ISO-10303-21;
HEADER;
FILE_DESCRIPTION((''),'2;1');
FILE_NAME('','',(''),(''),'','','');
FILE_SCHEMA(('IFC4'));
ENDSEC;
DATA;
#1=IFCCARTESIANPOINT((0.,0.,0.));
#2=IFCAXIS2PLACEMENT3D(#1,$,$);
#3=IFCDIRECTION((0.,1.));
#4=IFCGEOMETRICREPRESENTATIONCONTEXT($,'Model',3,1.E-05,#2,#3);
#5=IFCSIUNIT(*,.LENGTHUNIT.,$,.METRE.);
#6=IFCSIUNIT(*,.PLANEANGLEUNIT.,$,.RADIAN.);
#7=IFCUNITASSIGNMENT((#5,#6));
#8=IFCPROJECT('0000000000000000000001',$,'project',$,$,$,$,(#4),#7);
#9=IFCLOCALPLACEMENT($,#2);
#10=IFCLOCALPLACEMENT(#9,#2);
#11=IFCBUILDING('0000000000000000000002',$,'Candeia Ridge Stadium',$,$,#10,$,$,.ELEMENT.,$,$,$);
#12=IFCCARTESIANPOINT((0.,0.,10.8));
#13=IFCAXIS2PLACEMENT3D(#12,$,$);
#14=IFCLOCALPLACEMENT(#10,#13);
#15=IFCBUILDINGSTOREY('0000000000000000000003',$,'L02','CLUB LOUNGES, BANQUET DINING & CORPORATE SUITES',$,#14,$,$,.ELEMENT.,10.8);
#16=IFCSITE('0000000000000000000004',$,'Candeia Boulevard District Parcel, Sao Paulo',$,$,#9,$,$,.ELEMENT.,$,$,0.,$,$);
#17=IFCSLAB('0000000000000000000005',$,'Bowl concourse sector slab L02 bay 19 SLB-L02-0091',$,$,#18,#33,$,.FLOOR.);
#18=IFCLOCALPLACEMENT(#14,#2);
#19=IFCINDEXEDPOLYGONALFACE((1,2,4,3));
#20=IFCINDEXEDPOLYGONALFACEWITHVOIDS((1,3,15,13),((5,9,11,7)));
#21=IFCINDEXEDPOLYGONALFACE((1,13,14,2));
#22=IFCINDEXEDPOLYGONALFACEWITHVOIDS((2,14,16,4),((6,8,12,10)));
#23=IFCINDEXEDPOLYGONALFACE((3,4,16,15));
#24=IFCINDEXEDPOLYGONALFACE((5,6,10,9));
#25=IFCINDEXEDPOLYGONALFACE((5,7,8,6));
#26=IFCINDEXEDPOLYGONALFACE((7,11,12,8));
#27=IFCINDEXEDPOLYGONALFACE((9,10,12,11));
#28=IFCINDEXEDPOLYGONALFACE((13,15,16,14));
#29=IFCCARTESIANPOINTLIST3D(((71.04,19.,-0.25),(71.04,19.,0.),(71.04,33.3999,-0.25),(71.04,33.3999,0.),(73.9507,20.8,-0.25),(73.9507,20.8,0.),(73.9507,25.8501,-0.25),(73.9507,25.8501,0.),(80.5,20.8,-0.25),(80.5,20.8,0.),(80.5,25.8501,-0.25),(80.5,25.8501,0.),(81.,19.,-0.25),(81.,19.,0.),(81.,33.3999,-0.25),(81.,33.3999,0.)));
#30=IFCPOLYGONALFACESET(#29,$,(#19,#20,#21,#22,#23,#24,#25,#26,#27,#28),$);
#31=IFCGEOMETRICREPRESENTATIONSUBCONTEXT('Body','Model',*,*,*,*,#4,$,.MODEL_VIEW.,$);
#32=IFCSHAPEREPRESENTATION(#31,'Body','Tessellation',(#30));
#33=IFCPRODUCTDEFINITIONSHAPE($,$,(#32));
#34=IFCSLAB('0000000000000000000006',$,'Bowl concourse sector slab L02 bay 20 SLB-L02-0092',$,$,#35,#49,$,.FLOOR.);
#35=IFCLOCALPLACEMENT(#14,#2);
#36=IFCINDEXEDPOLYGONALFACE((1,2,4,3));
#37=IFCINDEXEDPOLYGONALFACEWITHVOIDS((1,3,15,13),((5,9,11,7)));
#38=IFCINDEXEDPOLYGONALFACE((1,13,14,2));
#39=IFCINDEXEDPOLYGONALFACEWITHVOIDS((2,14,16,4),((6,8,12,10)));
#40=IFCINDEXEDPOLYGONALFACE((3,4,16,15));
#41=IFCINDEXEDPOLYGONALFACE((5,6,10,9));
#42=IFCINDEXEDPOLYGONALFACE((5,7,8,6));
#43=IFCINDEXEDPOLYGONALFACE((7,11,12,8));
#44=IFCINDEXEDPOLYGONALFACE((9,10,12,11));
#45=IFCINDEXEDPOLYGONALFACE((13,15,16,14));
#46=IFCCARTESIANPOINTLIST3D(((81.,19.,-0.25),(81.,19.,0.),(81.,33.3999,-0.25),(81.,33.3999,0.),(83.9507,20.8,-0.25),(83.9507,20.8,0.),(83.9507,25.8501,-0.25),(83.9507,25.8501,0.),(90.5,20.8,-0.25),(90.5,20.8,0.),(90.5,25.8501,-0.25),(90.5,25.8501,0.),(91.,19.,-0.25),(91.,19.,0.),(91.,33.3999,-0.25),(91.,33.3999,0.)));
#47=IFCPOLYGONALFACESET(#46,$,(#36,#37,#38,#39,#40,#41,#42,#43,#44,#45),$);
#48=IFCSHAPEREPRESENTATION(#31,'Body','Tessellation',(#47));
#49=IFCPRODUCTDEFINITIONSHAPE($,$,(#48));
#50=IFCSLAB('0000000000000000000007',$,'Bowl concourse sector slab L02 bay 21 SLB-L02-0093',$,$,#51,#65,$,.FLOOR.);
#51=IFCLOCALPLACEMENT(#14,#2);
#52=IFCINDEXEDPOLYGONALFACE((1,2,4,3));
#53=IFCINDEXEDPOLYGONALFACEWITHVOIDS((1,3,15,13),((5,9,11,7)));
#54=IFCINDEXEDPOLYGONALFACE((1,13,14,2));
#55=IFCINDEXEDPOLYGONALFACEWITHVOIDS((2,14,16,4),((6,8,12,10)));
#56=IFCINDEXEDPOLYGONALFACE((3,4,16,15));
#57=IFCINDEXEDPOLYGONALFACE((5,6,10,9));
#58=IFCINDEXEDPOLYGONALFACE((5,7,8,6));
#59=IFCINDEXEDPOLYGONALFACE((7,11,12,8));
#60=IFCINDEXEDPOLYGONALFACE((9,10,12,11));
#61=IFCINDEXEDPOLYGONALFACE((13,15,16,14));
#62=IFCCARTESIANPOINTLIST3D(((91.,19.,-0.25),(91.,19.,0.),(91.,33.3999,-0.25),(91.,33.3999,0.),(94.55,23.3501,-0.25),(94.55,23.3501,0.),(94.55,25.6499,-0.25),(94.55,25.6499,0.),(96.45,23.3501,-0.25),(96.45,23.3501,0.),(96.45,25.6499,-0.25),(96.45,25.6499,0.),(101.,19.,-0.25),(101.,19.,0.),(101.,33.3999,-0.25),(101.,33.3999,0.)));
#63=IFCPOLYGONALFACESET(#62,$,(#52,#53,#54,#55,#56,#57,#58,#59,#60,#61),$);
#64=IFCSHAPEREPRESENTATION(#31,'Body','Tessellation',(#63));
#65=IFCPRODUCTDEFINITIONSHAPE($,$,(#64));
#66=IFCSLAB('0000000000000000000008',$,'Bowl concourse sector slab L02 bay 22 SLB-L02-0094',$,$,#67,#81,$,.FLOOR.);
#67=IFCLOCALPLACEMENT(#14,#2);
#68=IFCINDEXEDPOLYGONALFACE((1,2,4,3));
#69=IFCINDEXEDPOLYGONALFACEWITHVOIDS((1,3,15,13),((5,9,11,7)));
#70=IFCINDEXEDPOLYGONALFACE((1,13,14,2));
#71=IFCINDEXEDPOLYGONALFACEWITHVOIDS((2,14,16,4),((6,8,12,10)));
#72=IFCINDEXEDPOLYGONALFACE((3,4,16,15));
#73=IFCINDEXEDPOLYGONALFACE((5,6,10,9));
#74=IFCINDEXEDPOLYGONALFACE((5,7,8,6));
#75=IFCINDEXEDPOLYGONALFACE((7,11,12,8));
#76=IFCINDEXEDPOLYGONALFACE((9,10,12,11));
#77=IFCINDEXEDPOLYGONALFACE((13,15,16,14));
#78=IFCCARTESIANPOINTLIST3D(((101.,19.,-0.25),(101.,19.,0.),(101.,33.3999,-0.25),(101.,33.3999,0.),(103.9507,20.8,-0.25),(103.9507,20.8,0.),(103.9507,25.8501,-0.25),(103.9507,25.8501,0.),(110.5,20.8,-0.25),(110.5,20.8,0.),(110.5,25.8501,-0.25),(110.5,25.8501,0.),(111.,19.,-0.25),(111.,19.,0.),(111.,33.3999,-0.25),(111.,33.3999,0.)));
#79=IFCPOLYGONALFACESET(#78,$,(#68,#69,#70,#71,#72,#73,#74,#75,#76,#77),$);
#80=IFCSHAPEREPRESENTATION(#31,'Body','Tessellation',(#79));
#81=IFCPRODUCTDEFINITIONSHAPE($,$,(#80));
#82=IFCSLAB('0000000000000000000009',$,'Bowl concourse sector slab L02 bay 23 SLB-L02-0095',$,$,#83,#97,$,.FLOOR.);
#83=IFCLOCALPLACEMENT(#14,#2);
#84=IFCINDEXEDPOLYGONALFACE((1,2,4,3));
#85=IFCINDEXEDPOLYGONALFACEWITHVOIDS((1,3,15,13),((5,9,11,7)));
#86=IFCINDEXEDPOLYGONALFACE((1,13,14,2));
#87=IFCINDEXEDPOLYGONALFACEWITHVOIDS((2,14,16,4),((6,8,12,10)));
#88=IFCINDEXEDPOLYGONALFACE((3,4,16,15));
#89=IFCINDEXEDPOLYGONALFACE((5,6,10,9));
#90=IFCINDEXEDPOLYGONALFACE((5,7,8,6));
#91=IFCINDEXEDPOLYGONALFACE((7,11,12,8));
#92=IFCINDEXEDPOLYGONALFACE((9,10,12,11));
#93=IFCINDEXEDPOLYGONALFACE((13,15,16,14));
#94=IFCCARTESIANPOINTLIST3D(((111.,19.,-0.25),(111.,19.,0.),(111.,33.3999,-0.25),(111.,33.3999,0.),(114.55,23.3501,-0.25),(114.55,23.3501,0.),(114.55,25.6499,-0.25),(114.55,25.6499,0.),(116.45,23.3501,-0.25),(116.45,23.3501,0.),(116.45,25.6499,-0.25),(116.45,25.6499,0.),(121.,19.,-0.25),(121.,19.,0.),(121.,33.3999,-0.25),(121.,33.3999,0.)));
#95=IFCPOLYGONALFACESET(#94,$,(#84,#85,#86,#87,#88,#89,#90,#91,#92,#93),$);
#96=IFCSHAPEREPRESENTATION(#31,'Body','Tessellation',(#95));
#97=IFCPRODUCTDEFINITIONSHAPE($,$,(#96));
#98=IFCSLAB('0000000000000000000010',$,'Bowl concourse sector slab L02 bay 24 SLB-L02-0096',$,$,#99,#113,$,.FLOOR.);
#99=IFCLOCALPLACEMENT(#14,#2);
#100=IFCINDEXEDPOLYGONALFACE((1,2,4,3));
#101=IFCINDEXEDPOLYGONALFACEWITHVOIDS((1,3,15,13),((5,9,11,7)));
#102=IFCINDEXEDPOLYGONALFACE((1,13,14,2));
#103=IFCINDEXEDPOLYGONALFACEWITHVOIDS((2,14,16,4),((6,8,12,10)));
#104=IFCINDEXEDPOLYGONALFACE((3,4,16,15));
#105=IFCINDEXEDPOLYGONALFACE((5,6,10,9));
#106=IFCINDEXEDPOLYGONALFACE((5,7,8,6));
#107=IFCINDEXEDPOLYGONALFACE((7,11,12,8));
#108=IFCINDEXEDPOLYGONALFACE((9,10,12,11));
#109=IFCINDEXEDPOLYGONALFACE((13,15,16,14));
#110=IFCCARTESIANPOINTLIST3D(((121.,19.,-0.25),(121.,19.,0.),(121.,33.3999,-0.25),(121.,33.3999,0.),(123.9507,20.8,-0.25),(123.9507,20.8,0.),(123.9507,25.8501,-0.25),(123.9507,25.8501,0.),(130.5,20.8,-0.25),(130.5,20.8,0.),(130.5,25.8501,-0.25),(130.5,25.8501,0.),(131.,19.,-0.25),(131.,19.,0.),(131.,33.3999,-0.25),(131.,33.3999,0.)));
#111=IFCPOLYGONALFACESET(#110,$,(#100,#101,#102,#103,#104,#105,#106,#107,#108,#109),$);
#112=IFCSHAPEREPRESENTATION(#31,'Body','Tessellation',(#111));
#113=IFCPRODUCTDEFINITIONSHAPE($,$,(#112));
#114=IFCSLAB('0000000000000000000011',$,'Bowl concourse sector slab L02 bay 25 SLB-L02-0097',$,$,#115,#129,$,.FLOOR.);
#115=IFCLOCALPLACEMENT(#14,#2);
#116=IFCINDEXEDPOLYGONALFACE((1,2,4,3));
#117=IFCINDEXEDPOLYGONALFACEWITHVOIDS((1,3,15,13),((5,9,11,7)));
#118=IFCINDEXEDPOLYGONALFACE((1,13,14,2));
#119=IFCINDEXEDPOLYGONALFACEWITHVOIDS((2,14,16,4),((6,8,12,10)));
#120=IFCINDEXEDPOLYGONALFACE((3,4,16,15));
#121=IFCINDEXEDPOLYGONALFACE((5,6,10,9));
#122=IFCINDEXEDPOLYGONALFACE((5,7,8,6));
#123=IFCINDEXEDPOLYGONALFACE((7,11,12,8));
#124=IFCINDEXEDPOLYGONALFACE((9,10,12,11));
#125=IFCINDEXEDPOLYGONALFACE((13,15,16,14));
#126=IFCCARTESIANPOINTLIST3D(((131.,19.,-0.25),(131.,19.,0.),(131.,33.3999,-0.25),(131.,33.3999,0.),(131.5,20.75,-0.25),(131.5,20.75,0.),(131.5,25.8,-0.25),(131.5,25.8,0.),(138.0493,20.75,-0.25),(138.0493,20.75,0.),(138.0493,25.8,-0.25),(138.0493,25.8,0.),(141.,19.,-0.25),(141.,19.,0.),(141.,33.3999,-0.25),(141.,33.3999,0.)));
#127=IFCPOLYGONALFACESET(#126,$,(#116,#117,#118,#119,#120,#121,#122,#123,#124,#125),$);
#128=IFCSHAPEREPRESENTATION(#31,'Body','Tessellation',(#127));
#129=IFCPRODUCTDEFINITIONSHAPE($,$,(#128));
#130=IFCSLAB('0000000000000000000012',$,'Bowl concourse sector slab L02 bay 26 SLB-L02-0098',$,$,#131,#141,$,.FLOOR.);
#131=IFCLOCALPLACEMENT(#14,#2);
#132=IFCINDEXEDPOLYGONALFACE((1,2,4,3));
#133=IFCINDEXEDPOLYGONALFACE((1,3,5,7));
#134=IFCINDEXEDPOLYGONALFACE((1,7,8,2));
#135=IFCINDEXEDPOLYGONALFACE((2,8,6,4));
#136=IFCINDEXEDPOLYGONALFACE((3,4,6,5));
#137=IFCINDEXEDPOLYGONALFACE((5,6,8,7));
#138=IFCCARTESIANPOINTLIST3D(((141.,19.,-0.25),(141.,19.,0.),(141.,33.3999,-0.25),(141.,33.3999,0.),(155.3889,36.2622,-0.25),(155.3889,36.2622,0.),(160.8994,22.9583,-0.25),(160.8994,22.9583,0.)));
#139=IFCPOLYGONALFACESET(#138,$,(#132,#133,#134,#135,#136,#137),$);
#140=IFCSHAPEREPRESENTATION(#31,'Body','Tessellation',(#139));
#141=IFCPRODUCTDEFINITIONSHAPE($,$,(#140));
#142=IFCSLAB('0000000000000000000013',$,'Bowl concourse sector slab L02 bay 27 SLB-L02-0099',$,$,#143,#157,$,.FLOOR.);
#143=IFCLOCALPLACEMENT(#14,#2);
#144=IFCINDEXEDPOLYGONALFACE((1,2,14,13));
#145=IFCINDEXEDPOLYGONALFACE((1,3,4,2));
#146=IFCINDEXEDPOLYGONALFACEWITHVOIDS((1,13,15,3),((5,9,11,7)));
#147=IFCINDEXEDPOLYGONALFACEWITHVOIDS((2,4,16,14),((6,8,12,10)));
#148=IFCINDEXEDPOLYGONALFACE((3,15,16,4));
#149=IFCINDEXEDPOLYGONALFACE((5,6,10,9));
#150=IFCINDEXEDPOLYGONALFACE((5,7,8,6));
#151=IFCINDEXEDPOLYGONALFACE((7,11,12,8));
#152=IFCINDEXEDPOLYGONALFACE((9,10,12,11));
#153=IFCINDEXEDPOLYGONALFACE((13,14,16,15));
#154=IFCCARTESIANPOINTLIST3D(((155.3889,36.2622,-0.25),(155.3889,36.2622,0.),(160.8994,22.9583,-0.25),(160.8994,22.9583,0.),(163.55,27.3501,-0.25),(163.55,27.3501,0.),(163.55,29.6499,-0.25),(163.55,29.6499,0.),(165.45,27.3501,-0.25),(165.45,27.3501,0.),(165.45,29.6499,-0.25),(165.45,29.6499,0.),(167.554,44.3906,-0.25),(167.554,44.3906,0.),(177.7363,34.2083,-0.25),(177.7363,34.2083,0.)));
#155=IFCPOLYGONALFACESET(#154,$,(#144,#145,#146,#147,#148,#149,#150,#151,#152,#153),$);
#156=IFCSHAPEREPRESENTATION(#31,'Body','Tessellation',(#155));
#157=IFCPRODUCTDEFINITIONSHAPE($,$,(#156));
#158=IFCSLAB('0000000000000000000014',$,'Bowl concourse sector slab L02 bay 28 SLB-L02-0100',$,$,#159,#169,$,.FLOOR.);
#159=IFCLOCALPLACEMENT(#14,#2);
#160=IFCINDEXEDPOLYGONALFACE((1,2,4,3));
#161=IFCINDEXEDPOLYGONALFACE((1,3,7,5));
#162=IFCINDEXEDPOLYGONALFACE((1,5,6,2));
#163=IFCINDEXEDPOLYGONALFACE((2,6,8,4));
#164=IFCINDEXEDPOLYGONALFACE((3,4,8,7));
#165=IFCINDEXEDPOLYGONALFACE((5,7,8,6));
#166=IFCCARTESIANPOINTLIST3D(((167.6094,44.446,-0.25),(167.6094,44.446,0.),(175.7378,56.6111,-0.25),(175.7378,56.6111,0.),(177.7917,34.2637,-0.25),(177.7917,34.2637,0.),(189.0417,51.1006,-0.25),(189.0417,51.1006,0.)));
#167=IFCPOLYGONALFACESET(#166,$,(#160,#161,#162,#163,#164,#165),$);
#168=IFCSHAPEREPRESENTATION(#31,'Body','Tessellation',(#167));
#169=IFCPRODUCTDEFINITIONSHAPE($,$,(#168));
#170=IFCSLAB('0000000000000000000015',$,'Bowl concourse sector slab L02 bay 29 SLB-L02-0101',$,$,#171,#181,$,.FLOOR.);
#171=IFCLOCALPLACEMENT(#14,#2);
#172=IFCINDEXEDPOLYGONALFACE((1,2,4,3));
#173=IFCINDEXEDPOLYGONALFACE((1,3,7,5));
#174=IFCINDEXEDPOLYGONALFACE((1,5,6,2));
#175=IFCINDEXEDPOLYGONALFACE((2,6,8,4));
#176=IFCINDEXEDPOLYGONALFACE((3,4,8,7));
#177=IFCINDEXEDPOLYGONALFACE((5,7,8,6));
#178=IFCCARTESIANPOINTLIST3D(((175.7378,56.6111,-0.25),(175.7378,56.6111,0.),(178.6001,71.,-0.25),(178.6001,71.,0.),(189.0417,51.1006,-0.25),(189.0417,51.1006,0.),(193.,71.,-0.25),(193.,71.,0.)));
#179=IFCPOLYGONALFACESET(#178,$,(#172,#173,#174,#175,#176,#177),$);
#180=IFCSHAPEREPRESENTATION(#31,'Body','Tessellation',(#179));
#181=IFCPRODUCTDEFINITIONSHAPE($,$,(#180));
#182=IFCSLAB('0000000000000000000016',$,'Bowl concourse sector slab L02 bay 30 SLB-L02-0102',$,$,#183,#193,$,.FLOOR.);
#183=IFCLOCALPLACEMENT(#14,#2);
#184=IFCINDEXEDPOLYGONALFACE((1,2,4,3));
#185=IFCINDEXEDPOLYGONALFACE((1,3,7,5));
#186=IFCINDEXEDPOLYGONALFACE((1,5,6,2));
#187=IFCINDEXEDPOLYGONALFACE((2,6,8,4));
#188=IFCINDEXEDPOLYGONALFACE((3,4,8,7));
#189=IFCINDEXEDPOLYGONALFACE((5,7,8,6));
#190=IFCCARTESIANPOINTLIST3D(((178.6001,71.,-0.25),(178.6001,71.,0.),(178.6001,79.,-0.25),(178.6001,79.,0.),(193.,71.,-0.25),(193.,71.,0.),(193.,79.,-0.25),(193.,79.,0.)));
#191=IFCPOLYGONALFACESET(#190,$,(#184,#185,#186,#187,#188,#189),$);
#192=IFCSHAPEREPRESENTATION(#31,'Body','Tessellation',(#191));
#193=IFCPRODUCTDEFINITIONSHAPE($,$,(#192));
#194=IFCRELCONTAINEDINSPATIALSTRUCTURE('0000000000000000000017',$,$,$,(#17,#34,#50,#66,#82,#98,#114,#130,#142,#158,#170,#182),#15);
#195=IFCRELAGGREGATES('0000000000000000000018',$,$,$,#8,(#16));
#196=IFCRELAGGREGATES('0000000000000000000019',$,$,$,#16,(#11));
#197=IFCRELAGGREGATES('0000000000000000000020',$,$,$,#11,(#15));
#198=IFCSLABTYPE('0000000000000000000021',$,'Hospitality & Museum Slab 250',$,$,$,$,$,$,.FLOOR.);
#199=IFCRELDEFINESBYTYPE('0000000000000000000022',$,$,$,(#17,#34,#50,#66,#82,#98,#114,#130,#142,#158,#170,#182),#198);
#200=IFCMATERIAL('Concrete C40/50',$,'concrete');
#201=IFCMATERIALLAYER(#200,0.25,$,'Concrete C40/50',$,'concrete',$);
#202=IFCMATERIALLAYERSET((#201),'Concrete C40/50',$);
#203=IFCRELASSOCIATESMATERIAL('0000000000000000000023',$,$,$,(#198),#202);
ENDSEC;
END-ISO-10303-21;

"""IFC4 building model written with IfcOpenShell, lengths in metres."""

from ifc_helpers import new_model, si_unit, direction, frame, origin, place, context, subcontext, project, spatial, polyline, outline, extrude, material, layer, layer_set, type_object, element, save


model = new_model("IFC4")

# Units and contexts
model_context = context("Model", 3, precision=1e-05, world=origin(), true_north=direction((0.0, 1.0)))
body_context = subcontext(model_context, "Body", "Model", "MODEL_VIEW")
ifc_project = project(units=[si_unit("LENGTHUNIT", "METRE"), si_unit("PLANEANGLEUNIT", "RADIAN")], contexts=[model_context])

# Site, building, storey
site_placement = place(None, origin())
site = spatial("IfcSite", under=ifc_project, at=site_placement, Name="Candeia Boulevard District Parcel, Sao Paulo", CompositionType="ELEMENT", RefElevation=0.0)
building_placement = place(site_placement, origin())
building = spatial("IfcBuilding", under=site, at=building_placement, Name="Candeia Ridge Stadium", CompositionType="ELEMENT")
storey_placement = place(building_placement, frame((0.0, 0.0, 10.8)))
storey = spatial("IfcBuildingStorey", under=building, at=storey_placement, Name="L02", Description="CLUB LOUNGES, BANQUET DINING & CORPORATE SUITES", CompositionType="ELEMENT", Elevation=10.8)

# Slabs
ifc_material = material(Name="Concrete C40/50", Category="concrete")
ifc_layer_1 = layer(ifc_material, 0.25, Name="Concrete C40/50", Category="concrete")
ifc_layer_set_1 = layer_set([ifc_layer_1], Name="Concrete C40/50")
slab_type_1 = type_object("IfcSlabType", Name="Hospitality & Museum Slab 250", PredefinedType="FLOOR", material=ifc_layer_set_1)
slab_1_placement = place(storey_placement, frame((0.0, 0.0, -0.25)))
element("IfcSlab", 1, at=slab_1_placement, inside=storey, type_object=slab_type_1, Name="Bowl concourse sector slab L02 bay 19 SLB-L02-0091", PredefinedType="FLOOR", context=body_context, shape_type="SweptSolid", body=[
    extrude(outline(polyline([(81.0, 33.3999), (81.0, 19.0), (71.04, 19.0), (71.04, 33.3999), (81.0, 33.3999)]), holes=[polyline([(73.9507, 20.8), (80.5, 20.8), (80.5, 25.8501), (73.9507, 25.8501), (73.9507, 20.8)])]), origin(), (0.0, 0.0, 1.0), 0.25),
])
slab_2_placement = place(storey_placement, frame((0.0, 0.0, -0.25)))
element("IfcSlab", 2, at=slab_2_placement, inside=storey, type_object=slab_type_1, Name="Bowl concourse sector slab L02 bay 20 SLB-L02-0092", PredefinedType="FLOOR", context=body_context, shape_type="SweptSolid", body=[
    extrude(outline(polyline([(91.0, 33.3999), (91.0, 19.0), (81.0, 19.0), (81.0, 33.3999), (91.0, 33.3999)]), holes=[polyline([(83.9507, 20.8), (90.5, 20.8), (90.5, 25.8501), (83.9507, 25.8501), (83.9507, 20.8)])]), origin(), (0.0, 0.0, 1.0), 0.25),
])
slab_3_placement = place(storey_placement, frame((0.0, 0.0, -0.25)))
element("IfcSlab", 3, at=slab_3_placement, inside=storey, type_object=slab_type_1, Name="Bowl concourse sector slab L02 bay 21 SLB-L02-0093", PredefinedType="FLOOR", context=body_context, shape_type="SweptSolid", body=[
    extrude(outline(polyline([(101.0, 33.3999), (101.0, 19.0), (91.0, 19.0), (91.0, 33.3999), (101.0, 33.3999)]), holes=[polyline([(96.45, 23.3501), (96.45, 25.6499), (94.55, 25.6499), (94.55, 23.3501), (96.45, 23.3501)])]), origin(), (0.0, 0.0, 1.0), 0.25),
])
slab_4_placement = place(storey_placement, frame((0.0, 0.0, -0.25)))
element("IfcSlab", 4, at=slab_4_placement, inside=storey, type_object=slab_type_1, Name="Bowl concourse sector slab L02 bay 22 SLB-L02-0094", PredefinedType="FLOOR", context=body_context, shape_type="SweptSolid", body=[
    extrude(outline(polyline([(111.0, 33.3999), (111.0, 19.0), (101.0, 19.0), (101.0, 33.3999), (111.0, 33.3999)]), holes=[polyline([(103.9507, 20.8), (110.5, 20.8), (110.5, 25.8501), (103.9507, 25.8501), (103.9507, 20.8)])]), origin(), (0.0, 0.0, 1.0), 0.25),
])
slab_5_placement = place(storey_placement, frame((0.0, 0.0, -0.25)))
element("IfcSlab", 5, at=slab_5_placement, inside=storey, type_object=slab_type_1, Name="Bowl concourse sector slab L02 bay 23 SLB-L02-0095", PredefinedType="FLOOR", context=body_context, shape_type="SweptSolid", body=[
    extrude(outline(polyline([(121.0, 33.3999), (121.0, 19.0), (111.0, 19.0), (111.0, 33.3999), (121.0, 33.3999)]), holes=[polyline([(116.45, 23.3501), (116.45, 25.6499), (114.55, 25.6499), (114.55, 23.3501), (116.45, 23.3501)])]), origin(), (0.0, 0.0, 1.0), 0.25),
])
slab_6_placement = place(storey_placement, frame((0.0, 0.0, -0.25)))
element("IfcSlab", 6, at=slab_6_placement, inside=storey, type_object=slab_type_1, Name="Bowl concourse sector slab L02 bay 24 SLB-L02-0096", PredefinedType="FLOOR", context=body_context, shape_type="SweptSolid", body=[
    extrude(outline(polyline([(131.0, 33.3999), (131.0, 19.0), (121.0, 19.0), (121.0, 33.3999), (131.0, 33.3999)]), holes=[polyline([(123.9507, 20.8), (130.5, 20.8), (130.5, 25.8501), (123.9507, 25.8501), (123.9507, 20.8)])]), origin(), (0.0, 0.0, 1.0), 0.25),
])
slab_7_placement = place(storey_placement, frame((0.0, 0.0, -0.25)))
element("IfcSlab", 7, at=slab_7_placement, inside=storey, type_object=slab_type_1, Name="Bowl concourse sector slab L02 bay 25 SLB-L02-0097", PredefinedType="FLOOR", context=body_context, shape_type="SweptSolid", body=[
    extrude(outline(polyline([(141.0, 33.3999), (141.0, 19.0), (131.0, 19.0), (131.0, 33.3999), (141.0, 33.3999)]), holes=[polyline([(138.0493, 25.8), (131.5, 25.8), (131.5, 20.75), (138.0493, 20.75), (138.0493, 25.8)])]), origin(), (0.0, 0.0, 1.0), 0.25),
])
slab_8_placement = place(storey_placement, frame((0.0, 0.0, -0.25)))
element("IfcSlab", 8, at=slab_8_placement, inside=storey, type_object=slab_type_1, Name="Bowl concourse sector slab L02 bay 26 SLB-L02-0098", PredefinedType="FLOOR", context=body_context, shape_type="SweptSolid", body=[
    extrude(outline(polyline([(155.3889, 36.2622), (160.8994, 22.9583), (141.0, 19.0), (141.0, 33.3999), (155.3889, 36.2622)])), origin(), (0.0, 0.0, 1.0), 0.25),
])
slab_9_placement = place(storey_placement, frame((0.0, 0.0, -0.25)))
element("IfcSlab", 9, at=slab_9_placement, inside=storey, type_object=slab_type_1, Name="Bowl concourse sector slab L02 bay 27 SLB-L02-0099", PredefinedType="FLOOR", context=body_context, shape_type="SweptSolid", body=[
    extrude(outline(polyline([(167.554, 44.3906), (177.7363, 34.2083), (160.8994, 22.9583), (155.3889, 36.2622), (167.554, 44.3906)]), holes=[polyline([(165.45, 27.3501), (165.45, 29.6499), (163.55, 29.6499), (163.55, 27.3501), (165.45, 27.3501)])]), origin(), (0.0, 0.0, 1.0), 0.25),
])
slab_10_placement = place(storey_placement, frame((0.0, 0.0, -0.25)))
element("IfcSlab", 10, at=slab_10_placement, inside=storey, type_object=slab_type_1, Name="Bowl concourse sector slab L02 bay 28 SLB-L02-0100", PredefinedType="FLOOR", context=body_context, shape_type="SweptSolid", body=[
    extrude(outline(polyline([(175.7378, 56.6111), (189.0417, 51.1006), (177.7917, 34.2637), (167.6094, 44.446), (175.7378, 56.6111)])), origin(), (0.0, 0.0, 1.0), 0.25),
])
slab_11_placement = place(storey_placement, frame((0.0, 0.0, -0.25)))
element("IfcSlab", 11, at=slab_11_placement, inside=storey, type_object=slab_type_1, Name="Bowl concourse sector slab L02 bay 29 SLB-L02-0101", PredefinedType="FLOOR", context=body_context, shape_type="SweptSolid", body=[
    extrude(outline(polyline([(178.6001, 71.0), (193.0, 71.0), (189.0417, 51.1006), (175.7378, 56.6111), (178.6001, 71.0)])), origin(), (0.0, 0.0, 1.0), 0.25),
])
slab_12_placement = place(storey_placement, frame((0.0, 0.0, -0.25)))
element("IfcSlab", 12, at=slab_12_placement, inside=storey, type_object=slab_type_1, Name="Bowl concourse sector slab L02 bay 30 SLB-L02-0102", PredefinedType="FLOOR", context=body_context, shape_type="SweptSolid", body=[
    extrude(outline(polyline([(178.6001, 79.0), (193.0, 79.0), (193.0, 71.0), (178.6001, 71.0), (178.6001, 79.0)])), origin(), (0.0, 0.0, 1.0), 0.25),
])

save(model, "model.ifc")
